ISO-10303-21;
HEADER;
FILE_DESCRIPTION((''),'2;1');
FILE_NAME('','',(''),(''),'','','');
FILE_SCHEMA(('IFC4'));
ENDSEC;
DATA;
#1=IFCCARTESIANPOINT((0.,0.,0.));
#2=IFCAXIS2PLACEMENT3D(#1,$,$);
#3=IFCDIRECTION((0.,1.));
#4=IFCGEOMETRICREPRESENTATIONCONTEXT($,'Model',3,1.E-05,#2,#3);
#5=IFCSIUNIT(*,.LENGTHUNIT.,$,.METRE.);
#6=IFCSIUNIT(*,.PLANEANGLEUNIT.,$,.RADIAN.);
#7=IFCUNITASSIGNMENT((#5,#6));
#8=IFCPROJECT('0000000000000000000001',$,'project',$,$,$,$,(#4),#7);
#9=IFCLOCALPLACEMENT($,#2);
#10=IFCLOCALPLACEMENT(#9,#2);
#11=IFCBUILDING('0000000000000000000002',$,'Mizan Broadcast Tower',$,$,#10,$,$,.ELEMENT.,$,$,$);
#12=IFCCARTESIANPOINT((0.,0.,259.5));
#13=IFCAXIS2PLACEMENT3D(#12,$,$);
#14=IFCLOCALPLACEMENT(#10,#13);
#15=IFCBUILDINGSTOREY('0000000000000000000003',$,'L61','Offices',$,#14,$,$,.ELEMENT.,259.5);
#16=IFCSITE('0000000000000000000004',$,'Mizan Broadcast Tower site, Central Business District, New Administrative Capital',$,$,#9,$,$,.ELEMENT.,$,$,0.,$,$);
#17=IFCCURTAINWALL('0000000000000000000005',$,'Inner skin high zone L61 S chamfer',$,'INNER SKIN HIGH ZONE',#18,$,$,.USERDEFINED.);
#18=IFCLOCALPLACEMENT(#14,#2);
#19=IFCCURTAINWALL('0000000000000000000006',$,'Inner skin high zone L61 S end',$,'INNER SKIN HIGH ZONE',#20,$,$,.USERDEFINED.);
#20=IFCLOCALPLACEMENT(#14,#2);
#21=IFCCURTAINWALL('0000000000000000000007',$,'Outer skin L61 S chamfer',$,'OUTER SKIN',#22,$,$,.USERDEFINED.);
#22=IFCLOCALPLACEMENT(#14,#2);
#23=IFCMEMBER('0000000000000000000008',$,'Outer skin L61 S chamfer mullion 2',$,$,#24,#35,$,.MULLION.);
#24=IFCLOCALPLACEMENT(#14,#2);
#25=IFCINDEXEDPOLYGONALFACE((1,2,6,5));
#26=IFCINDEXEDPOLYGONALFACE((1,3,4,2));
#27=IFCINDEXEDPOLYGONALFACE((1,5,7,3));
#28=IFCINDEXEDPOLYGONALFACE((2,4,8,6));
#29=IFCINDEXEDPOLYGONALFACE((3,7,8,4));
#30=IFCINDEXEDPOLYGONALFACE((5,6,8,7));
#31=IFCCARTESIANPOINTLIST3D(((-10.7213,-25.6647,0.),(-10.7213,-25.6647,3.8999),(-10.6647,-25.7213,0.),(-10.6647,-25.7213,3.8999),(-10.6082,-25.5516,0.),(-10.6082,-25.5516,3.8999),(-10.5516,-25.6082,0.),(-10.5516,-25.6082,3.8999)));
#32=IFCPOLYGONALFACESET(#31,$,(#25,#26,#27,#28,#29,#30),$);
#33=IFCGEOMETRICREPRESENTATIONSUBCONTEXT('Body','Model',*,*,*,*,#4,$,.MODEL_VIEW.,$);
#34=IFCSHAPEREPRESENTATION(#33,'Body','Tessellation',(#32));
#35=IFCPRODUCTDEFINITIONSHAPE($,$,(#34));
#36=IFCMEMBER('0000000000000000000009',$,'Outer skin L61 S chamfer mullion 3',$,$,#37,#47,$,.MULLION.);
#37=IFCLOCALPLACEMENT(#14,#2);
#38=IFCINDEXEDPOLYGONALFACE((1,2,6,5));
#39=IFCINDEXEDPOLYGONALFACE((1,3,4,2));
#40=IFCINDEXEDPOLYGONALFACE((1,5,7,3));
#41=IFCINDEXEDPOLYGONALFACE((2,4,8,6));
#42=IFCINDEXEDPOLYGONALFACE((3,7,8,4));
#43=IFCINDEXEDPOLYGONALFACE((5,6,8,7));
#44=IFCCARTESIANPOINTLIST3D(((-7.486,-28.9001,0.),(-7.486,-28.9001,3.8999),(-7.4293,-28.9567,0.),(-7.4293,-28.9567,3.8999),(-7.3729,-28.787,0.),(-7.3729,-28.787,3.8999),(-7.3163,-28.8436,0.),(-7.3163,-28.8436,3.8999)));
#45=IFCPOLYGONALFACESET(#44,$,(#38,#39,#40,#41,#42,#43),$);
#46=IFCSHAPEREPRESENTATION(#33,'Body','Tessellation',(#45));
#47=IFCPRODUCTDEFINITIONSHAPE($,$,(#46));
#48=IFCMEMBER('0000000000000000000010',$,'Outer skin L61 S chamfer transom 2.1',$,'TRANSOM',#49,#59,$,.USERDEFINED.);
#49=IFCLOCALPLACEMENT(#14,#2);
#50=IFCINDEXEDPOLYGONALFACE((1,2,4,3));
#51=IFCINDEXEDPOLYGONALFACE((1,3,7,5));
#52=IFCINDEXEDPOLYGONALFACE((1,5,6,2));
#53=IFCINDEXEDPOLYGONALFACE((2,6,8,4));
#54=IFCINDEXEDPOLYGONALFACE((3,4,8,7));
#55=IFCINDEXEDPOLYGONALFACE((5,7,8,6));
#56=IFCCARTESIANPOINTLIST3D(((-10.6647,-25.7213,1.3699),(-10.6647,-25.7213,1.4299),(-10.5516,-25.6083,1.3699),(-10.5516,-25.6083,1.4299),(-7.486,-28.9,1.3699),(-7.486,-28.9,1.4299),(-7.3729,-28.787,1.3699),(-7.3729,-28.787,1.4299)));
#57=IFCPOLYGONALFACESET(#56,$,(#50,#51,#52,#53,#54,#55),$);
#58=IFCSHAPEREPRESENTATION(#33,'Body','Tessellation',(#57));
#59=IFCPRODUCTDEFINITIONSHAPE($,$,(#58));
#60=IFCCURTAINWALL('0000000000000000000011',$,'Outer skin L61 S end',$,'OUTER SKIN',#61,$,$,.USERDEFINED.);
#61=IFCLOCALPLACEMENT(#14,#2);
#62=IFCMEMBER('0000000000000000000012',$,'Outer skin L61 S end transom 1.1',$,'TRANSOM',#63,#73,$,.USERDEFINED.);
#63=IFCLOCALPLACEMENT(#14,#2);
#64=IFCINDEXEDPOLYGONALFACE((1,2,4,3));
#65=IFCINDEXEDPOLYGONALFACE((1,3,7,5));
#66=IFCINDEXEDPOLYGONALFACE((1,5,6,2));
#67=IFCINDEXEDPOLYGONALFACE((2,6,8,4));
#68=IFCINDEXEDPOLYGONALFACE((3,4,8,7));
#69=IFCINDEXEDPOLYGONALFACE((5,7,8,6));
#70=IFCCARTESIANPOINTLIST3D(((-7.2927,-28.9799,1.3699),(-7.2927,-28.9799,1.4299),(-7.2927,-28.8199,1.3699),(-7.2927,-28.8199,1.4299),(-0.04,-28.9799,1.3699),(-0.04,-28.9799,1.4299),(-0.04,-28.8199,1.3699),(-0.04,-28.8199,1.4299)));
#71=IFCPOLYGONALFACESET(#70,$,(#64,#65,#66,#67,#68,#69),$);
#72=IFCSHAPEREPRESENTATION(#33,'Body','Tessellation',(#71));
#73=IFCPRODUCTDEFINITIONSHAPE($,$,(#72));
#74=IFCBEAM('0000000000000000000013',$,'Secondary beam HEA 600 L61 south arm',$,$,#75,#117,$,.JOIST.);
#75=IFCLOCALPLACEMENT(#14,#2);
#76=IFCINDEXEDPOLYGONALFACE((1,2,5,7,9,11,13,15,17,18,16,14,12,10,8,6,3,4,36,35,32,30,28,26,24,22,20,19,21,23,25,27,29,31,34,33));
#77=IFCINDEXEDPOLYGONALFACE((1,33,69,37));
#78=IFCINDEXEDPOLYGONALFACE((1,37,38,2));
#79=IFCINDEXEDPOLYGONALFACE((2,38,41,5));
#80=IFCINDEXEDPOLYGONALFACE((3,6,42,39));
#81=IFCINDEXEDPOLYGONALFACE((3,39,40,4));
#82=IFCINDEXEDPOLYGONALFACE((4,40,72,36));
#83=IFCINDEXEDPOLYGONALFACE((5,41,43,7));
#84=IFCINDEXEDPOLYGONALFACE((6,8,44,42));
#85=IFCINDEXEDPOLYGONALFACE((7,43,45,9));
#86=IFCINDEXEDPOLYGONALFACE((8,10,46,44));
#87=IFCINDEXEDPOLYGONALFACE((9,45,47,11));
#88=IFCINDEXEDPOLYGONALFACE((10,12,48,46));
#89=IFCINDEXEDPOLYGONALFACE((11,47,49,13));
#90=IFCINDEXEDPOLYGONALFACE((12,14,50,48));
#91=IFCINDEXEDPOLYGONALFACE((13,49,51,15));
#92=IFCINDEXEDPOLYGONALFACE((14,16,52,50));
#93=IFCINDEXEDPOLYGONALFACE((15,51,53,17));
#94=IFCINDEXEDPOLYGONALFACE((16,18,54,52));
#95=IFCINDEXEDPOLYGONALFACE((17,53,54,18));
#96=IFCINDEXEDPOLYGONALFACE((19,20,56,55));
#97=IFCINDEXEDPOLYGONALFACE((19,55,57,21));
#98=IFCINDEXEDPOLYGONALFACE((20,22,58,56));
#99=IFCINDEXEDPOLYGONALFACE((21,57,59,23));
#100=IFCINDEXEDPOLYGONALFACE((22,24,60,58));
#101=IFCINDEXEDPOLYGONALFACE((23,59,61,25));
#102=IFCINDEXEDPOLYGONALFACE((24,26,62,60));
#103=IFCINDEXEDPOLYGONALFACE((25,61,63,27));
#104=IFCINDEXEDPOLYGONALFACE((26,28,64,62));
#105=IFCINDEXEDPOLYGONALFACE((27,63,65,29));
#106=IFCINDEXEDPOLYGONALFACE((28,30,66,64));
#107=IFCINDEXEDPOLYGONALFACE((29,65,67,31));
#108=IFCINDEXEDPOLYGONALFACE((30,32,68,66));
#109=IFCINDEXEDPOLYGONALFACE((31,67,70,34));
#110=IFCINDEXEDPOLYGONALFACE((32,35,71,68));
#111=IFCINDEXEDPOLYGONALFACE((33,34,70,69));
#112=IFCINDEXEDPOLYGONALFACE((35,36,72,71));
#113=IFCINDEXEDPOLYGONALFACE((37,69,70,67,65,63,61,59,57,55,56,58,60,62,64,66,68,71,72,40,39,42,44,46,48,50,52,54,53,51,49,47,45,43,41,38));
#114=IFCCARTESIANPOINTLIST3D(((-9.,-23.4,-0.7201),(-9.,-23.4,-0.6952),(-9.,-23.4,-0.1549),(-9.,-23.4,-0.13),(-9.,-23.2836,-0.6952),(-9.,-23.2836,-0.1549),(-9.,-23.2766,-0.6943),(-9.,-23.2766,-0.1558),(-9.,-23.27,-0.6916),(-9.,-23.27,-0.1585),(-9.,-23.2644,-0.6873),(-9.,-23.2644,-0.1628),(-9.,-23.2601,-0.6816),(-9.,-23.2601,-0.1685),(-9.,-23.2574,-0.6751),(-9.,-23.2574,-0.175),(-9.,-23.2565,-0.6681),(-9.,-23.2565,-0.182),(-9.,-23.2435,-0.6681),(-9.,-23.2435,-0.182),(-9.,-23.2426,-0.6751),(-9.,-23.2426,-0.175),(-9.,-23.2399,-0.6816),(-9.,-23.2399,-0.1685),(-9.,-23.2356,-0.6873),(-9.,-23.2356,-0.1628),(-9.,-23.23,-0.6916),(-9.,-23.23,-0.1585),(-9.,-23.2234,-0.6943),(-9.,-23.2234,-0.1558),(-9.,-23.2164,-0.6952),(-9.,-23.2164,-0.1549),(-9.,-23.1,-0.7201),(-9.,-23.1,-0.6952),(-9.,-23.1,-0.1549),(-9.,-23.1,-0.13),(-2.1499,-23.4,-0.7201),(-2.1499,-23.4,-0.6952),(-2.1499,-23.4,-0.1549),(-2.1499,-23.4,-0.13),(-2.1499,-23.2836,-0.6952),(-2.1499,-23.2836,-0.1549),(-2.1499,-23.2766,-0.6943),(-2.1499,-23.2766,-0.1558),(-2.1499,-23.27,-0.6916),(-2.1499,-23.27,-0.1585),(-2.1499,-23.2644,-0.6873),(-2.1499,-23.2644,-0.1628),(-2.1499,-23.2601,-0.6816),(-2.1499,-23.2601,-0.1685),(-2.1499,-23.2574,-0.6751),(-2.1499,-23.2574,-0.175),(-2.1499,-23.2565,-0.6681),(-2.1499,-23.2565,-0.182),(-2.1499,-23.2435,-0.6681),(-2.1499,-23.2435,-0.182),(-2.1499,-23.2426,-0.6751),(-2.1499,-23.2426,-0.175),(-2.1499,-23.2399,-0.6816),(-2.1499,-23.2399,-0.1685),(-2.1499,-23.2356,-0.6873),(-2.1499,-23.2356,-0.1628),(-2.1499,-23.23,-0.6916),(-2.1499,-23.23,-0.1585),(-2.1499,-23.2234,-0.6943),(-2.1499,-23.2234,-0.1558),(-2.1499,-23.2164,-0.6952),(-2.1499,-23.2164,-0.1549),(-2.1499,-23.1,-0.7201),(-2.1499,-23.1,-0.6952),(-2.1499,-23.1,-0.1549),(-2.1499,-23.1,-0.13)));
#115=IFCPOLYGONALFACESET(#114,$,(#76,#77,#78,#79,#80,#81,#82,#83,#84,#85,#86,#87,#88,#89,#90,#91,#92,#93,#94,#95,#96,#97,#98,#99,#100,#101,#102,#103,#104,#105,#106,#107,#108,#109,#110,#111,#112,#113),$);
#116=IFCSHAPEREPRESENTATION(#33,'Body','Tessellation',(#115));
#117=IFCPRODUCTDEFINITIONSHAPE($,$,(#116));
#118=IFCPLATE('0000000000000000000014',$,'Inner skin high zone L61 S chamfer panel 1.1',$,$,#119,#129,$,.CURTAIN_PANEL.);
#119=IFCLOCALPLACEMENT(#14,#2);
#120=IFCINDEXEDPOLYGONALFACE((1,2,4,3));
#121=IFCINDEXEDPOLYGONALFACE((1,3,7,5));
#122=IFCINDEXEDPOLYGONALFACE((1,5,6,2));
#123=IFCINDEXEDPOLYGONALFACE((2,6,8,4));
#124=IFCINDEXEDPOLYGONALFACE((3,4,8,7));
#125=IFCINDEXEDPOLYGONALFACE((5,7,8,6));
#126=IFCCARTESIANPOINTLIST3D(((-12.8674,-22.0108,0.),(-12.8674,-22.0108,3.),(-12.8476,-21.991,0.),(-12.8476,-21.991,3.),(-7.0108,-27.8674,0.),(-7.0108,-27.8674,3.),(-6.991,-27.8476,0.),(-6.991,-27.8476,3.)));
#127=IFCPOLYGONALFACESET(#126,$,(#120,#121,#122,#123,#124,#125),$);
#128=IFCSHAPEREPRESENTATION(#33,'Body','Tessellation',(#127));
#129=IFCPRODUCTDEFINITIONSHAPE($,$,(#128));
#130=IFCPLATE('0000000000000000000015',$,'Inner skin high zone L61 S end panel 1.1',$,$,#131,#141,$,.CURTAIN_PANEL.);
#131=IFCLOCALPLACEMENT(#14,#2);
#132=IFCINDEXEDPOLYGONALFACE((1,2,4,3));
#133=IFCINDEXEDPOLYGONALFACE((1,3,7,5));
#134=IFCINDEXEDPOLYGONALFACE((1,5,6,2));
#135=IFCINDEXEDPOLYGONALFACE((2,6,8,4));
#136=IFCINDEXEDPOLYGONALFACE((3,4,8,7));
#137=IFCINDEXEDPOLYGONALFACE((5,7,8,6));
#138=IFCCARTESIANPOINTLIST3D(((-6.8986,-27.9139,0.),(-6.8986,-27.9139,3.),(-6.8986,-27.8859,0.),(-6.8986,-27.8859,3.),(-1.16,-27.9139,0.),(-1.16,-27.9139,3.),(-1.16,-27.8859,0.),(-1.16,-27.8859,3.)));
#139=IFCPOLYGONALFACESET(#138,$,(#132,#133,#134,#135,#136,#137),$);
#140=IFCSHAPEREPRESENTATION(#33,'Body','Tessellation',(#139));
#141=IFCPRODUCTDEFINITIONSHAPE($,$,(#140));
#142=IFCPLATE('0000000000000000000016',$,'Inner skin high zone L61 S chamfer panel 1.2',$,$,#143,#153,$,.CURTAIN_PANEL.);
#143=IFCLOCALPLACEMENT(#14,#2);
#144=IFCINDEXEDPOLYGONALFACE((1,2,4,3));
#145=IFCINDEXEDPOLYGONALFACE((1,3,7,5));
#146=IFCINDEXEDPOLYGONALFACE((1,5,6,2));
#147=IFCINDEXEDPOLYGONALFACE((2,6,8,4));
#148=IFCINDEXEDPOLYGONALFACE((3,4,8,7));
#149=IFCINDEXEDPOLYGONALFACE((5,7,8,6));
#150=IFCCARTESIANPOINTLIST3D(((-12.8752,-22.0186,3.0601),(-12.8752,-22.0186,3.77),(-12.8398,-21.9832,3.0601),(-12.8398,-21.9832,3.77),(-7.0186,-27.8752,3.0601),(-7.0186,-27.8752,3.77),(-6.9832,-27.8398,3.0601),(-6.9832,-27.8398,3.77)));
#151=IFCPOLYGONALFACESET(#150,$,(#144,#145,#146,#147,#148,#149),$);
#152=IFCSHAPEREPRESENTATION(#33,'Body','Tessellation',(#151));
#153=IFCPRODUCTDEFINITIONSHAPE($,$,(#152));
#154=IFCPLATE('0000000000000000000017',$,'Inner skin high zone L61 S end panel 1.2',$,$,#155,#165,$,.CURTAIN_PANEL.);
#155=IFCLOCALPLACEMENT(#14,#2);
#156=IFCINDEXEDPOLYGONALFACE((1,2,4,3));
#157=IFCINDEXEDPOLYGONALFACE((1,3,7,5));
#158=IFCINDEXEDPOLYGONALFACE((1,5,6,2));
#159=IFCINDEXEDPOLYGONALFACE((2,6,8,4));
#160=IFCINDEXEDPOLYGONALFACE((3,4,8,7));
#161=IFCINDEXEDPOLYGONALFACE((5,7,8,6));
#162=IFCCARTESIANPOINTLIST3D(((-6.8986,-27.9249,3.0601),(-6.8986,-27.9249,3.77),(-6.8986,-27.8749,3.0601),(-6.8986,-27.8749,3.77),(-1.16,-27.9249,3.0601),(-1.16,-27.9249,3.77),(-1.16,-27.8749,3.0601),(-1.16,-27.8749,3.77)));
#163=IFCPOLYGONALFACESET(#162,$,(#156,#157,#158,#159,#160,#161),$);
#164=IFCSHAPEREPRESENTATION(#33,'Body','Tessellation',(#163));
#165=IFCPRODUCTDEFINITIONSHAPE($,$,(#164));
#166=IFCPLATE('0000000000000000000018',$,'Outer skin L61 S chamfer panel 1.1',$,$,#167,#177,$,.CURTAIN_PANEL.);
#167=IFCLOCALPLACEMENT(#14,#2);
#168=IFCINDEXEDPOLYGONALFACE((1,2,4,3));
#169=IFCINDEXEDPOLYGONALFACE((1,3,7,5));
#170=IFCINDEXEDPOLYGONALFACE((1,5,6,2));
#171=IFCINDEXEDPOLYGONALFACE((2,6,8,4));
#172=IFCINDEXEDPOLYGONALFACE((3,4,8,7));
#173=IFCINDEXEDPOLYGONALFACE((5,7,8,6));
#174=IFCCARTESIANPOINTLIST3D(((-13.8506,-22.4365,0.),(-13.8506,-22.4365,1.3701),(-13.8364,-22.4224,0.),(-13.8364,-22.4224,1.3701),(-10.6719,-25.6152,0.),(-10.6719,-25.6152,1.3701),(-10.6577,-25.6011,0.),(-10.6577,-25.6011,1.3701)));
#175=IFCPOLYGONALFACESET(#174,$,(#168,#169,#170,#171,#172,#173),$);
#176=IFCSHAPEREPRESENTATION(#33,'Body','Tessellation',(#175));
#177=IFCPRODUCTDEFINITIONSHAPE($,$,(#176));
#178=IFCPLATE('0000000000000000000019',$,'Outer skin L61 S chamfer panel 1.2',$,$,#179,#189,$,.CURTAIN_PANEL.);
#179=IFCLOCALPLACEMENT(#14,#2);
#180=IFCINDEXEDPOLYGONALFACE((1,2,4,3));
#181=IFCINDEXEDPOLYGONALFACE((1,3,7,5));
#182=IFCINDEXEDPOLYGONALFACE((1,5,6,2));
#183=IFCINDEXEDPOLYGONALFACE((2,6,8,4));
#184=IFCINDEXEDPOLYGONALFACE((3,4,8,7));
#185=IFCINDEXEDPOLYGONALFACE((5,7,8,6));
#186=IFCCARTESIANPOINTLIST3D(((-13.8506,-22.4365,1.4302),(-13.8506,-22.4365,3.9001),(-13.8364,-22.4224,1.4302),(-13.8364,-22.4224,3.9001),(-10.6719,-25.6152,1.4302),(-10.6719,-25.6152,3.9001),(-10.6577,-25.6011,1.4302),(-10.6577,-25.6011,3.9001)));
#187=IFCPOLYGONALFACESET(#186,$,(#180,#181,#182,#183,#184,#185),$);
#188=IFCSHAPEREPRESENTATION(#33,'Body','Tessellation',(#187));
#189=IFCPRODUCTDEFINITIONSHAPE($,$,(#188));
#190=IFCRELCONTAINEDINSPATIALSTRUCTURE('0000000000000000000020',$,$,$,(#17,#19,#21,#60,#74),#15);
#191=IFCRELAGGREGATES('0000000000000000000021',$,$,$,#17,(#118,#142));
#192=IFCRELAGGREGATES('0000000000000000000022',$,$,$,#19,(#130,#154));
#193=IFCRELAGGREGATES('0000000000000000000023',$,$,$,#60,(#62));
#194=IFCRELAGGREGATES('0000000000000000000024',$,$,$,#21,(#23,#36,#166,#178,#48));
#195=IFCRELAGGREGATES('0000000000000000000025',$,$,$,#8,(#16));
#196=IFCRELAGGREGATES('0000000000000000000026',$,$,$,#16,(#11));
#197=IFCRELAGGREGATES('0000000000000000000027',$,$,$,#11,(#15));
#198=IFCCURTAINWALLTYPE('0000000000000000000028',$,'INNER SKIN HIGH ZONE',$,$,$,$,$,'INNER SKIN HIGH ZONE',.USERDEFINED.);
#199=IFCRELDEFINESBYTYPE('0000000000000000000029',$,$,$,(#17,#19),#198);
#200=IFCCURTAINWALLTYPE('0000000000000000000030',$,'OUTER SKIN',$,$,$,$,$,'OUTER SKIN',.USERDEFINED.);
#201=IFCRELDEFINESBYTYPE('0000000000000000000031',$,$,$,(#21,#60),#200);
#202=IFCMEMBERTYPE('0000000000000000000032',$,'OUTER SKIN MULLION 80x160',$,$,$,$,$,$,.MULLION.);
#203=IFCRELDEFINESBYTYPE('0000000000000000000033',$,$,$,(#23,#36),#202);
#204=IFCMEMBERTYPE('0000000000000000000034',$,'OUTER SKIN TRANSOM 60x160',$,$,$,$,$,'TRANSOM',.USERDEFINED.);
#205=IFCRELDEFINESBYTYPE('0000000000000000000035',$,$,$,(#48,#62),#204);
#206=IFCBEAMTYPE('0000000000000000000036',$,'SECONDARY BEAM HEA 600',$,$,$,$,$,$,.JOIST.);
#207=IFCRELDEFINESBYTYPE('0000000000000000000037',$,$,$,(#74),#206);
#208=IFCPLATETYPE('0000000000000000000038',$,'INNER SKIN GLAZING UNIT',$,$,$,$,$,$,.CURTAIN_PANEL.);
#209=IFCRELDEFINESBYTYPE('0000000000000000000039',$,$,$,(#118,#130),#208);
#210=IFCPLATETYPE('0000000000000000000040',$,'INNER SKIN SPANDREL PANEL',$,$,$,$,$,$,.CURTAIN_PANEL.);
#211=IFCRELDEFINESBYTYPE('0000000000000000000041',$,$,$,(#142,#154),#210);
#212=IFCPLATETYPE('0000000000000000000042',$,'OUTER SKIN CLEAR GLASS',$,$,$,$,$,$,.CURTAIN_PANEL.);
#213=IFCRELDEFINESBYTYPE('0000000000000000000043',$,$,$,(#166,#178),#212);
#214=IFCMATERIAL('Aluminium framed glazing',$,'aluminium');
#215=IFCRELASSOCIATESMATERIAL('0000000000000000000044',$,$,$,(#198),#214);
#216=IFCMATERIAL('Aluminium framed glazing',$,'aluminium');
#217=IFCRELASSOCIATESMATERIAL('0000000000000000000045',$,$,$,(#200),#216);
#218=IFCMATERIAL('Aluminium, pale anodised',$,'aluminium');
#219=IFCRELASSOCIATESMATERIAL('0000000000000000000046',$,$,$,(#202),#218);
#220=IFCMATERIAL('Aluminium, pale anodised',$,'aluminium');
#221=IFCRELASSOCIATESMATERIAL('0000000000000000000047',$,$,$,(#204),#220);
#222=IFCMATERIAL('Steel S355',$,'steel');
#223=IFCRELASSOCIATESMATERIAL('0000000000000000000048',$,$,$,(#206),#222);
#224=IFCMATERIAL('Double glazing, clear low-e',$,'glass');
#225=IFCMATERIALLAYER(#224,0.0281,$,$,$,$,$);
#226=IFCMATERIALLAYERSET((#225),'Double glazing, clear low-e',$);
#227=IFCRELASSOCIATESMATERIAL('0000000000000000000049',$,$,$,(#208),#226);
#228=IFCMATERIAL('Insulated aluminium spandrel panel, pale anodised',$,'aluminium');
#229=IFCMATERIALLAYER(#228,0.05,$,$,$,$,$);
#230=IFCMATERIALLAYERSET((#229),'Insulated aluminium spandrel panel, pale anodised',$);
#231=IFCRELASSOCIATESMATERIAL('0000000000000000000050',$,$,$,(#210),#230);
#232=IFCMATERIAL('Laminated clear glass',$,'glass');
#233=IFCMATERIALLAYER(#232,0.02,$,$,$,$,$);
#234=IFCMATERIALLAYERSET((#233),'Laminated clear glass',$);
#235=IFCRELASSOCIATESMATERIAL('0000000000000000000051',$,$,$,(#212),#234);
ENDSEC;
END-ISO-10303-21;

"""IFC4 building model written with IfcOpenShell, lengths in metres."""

from ifc_helpers import new_model, si_unit, direction, frame, origin, origin_2d, place, context, subcontext, project, spatial, rectangle, i_section, extrude, material, layer, layer_set, material_profile, profile_set, type_object, element, aggregate, save


model = new_model("IFC4")

# Units and contexts
model_context = context("Model", 3, precision=1e-05, world=origin(), true_north=direction((0.0, 1.0)))
body_context = subcontext(model_context, "Body", "Model", "MODEL_VIEW")
ifc_project = project(units=[si_unit("LENGTHUNIT", "METRE"), si_unit("PLANEANGLEUNIT", "RADIAN")], contexts=[model_context])

# Site, building, storey
site_placement = place(None, origin())
site = spatial("IfcSite", under=ifc_project, at=site_placement, Name="Mizan Broadcast Tower site, Central Business District, New Administrative Capital", CompositionType="ELEMENT", RefElevation=0.0)
building_placement = place(site_placement, origin())
building = spatial("IfcBuilding", under=site, at=building_placement, Name="Mizan Broadcast Tower", CompositionType="ELEMENT")
storey_placement = place(building_placement, frame((0.0, 0.0, 259.5)))
storey = spatial("IfcBuildingStorey", under=building, at=storey_placement, Name="L61", Description="Offices", CompositionType="ELEMENT", Elevation=259.5)

# Curtain walls
ifc_material_1 = material(Name="Aluminium framed glazing", Category="aluminium")
curtain_wall_type_1 = type_object("IfcCurtainWallType", Name="INNER SKIN HIGH ZONE", ElementType="INNER SKIN HIGH ZONE", PredefinedType="USERDEFINED", material=ifc_material_1)
curtain_wall_1_placement = place(storey_placement, origin())
curtain_wall_1 = element("IfcCurtainWall", 1, at=curtain_wall_1_placement, inside=storey, type_object=curtain_wall_type_1, Name="Inner skin high zone L61 S chamfer", ObjectType="INNER SKIN HIGH ZONE", PredefinedType="USERDEFINED")
curtain_wall_2_placement = place(storey_placement, origin())
curtain_wall_2 = element("IfcCurtainWall", 2, at=curtain_wall_2_placement, inside=storey, type_object=curtain_wall_type_1, Name="Inner skin high zone L61 S end", ObjectType="INNER SKIN HIGH ZONE", PredefinedType="USERDEFINED")

# Curtain wall, members
ifc_material_2 = material(Name="Aluminium framed glazing", Category="aluminium")
curtain_wall_type_2 = type_object("IfcCurtainWallType", Name="OUTER SKIN", ElementType="OUTER SKIN", PredefinedType="USERDEFINED", material=ifc_material_2)
curtain_wall_3_placement = place(storey_placement, origin())
curtain_wall_3 = element("IfcCurtainWall", 3, at=curtain_wall_3_placement, inside=storey, type_object=curtain_wall_type_2, Name="Outer skin L61 S chamfer", ObjectType="OUTER SKIN", PredefinedType="USERDEFINED")
ifc_material_3 = material(Name="Aluminium, pale anodised", Category="aluminium")
ifc_material_profile_1 = material_profile(ifc_material_3, rectangle(XDim=0.1599, YDim=0.0801, at=origin_2d()), Name="MULLION 160x80")
ifc_profile_set_1 = profile_set([ifc_material_profile_1], Name="Aluminium, pale anodised")
member_type_1 = type_object("IfcMemberType", Name="OUTER SKIN MULLION 80x160", PredefinedType="MULLION", material=ifc_profile_set_1)
member_1_placement = place(storey_placement, frame((-10.6365, -25.6365, 0.0), z_axis=(0.0, 0.0, 1.0), x_axis=(0.707107, 0.707107, 0.0)))
member_1 = element("IfcMember", 4, at=member_1_placement, type_object=member_type_1, Name="Outer skin L61 S chamfer mullion 2", PredefinedType="MULLION", context=body_context, shape_type="SweptSolid", body=[
    extrude(rectangle(XDim=0.1599, YDim=0.0801, at=origin_2d()), origin(), (0.0, 0.0, 1.0), 3.8999),
])
member_2_placement = place(storey_placement, frame((-7.4011, -28.8718, 0.0), z_axis=(0.0, 0.0, 1.0), x_axis=(0.707107, 0.707107, 0.0)))
member_2 = element("IfcMember", 5, at=member_2_placement, type_object=member_type_1, Name="Outer skin L61 S chamfer mullion 3", PredefinedType="MULLION", context=body_context, shape_type="SweptSolid", body=[
    extrude(rectangle(XDim=0.1599, YDim=0.0801, at=origin_2d()), origin(), (0.0, 0.0, 1.0), 3.8999),
])
ifc_material_4 = material(Name="Aluminium, pale anodised", Category="aluminium")
ifc_material_profile_2 = material_profile(ifc_material_4, rectangle(XDim=0.1599, YDim=0.0601, at=origin_2d()), Name="TRANSOM 160x60")
ifc_profile_set_2 = profile_set([ifc_material_profile_2], Name="Aluminium, pale anodised")
member_type_2 = type_object("IfcMemberType", Name="OUTER SKIN TRANSOM 60x160", ElementType="TRANSOM", PredefinedType="USERDEFINED", material=ifc_profile_set_2)
member_3_placement = place(storey_placement, frame((-10.6082, -25.6648, 1.3999), z_axis=(0.707107, -0.707107, 0.0), x_axis=(0.707107, 0.707107, 0.0)))
member_3 = element("IfcMember", 6, at=member_3_placement, type_object=member_type_2, Name="Outer skin L61 S chamfer transom 2.1", ObjectType="TRANSOM", PredefinedType="USERDEFINED", context=body_context, shape_type="SweptSolid", body=[
    extrude(rectangle(XDim=0.1599, YDim=0.0601, at=origin_2d()), origin(), (0.0, 0.0, 1.0), 4.4954),
])

# Curtain wall, member
curtain_wall_4_placement = place(storey_placement, origin())
curtain_wall_4 = element("IfcCurtainWall", 7, at=curtain_wall_4_placement, inside=storey, type_object=curtain_wall_type_2, Name="Outer skin L61 S end", ObjectType="OUTER SKIN", PredefinedType="USERDEFINED")
member_4_placement = place(storey_placement, frame((-7.2927, -28.8999, 1.3999), z_axis=(1.0, 0.0, 0.0), x_axis=(0.0, 1.0, 0.0)))
member_4 = element("IfcMember", 8, at=member_4_placement, type_object=member_type_2, Name="Outer skin L61 S end transom 1.1", ObjectType="TRANSOM", PredefinedType="USERDEFINED", context=body_context, shape_type="SweptSolid", body=[
    extrude(rectangle(XDim=0.1599, YDim=0.0601, at=origin_2d()), origin(), (0.0, 0.0, 1.0), 7.2527),
])

# Beam
ifc_material_5 = material(Name="Steel S355", Category="steel")
ifc_material_profile_3 = material_profile(ifc_material_5, i_section(OverallWidth=0.3, OverallDepth=0.5901, WebThickness=0.0129, FlangeThickness=0.0249, FilletRadius=0.0271, at=origin_2d()), Name="HEA 600")
ifc_profile_set_3 = profile_set([ifc_material_profile_3], Name="Steel S355")
beam_type_1 = type_object("IfcBeamType", Name="SECONDARY BEAM HEA 600", PredefinedType="JOIST", material=ifc_profile_set_3)
beam_1_placement = place(storey_placement, frame((-9.0, -23.25, -0.425), z_axis=(1.0, 0.0, 0.0), x_axis=(0.0, 1.0, 0.0)))
element("IfcBeam", 9, at=beam_1_placement, inside=storey, type_object=beam_type_1, Name="Secondary beam HEA 600 L61 south arm", PredefinedType="JOIST", context=body_context, shape_type="SweptSolid", body=[
    extrude(i_section(OverallWidth=0.3, OverallDepth=0.5901, WebThickness=0.0129, FlangeThickness=0.0249, FilletRadius=0.0271, at=origin_2d()), origin(), (0.0, 0.0, 1.0), 6.8501),
])

# Plates
ifc_material_6 = material(Name="Double glazing, clear low-e", Category="glass")
ifc_layer_1 = layer(ifc_material_6, 0.0281)
ifc_layer_set_1 = layer_set([ifc_layer_1], Name="Double glazing, clear low-e")
plate_type_1 = type_object("IfcPlateType", Name="INNER SKIN GLAZING UNIT", PredefinedType="CURTAIN_PANEL", material=ifc_layer_set_1)
plate_1_placement = place(storey_placement, frame((-9.9292, -24.9292, 0.0), z_axis=(0.0, 0.0, 1.0), x_axis=(0.707107, -0.707107, 0.0)))
plate_1 = element("IfcPlate", 10, at=plate_1_placement, type_object=plate_type_1, Name="Inner skin high zone L61 S chamfer panel 1.1", PredefinedType="CURTAIN_PANEL", context=body_context, shape_type="SweptSolid", body=[
    extrude(rectangle(XDim=8.2825, YDim=0.0281, at=origin_2d()), origin(), (0.0, 0.0, 1.0), 3.0),
])
plate_2_placement = place(storey_placement, frame((-4.0293, -27.8999, 0.0), z_axis=(0.0, 0.0, 1.0), x_axis=(1.0, 0.0, 0.0)))
plate_2 = element("IfcPlate", 11, at=plate_2_placement, type_object=plate_type_1, Name="Inner skin high zone L61 S end panel 1.1", PredefinedType="CURTAIN_PANEL", context=body_context, shape_type="SweptSolid", body=[
    extrude(rectangle(XDim=5.7385, YDim=0.0281, at=origin_2d()), origin(), (0.0, 0.0, 1.0), 3.0),
])
ifc_material_7 = material(Name="Insulated aluminium spandrel panel, pale anodised", Category="aluminium")
ifc_layer_2 = layer(ifc_material_7, 0.05)
ifc_layer_set_2 = layer_set([ifc_layer_2], Name="Insulated aluminium spandrel panel, pale anodised")
plate_type_2 = type_object("IfcPlateType", Name="INNER SKIN SPANDREL PANEL", PredefinedType="CURTAIN_PANEL", material=ifc_layer_set_2)
plate_3_placement = place(storey_placement, frame((-9.9292, -24.9292, 3.0601), z_axis=(0.0, 0.0, 1.0), x_axis=(0.707107, -0.707107, 0.0)))
plate_3 = element("IfcPlate", 12, at=plate_3_placement, type_object=plate_type_2, Name="Inner skin high zone L61 S chamfer panel 1.2", PredefinedType="CURTAIN_PANEL", context=body_context, shape_type="SweptSolid", body=[
    extrude(rectangle(XDim=8.2825, YDim=0.05, at=origin_2d()), origin(), (0.0, 0.0, 1.0), 0.71),
])
aggregate(curtain_wall_1, [plate_1, plate_3])
plate_4_placement = place(storey_placement, frame((-4.0293, -27.8999, 3.0601), z_axis=(0.0, 0.0, 1.0), x_axis=(1.0, 0.0, 0.0)))
plate_4 = element("IfcPlate", 13, at=plate_4_placement, type_object=plate_type_2, Name="Inner skin high zone L61 S end panel 1.2", PredefinedType="CURTAIN_PANEL", context=body_context, shape_type="SweptSolid", body=[
    extrude(rectangle(XDim=5.7385, YDim=0.05, at=origin_2d()), origin(), (0.0, 0.0, 1.0), 0.71),
])
aggregate(curtain_wall_2, [plate_2, plate_4])
ifc_material_8 = material(Name="Laminated clear glass", Category="glass")
ifc_layer_3 = layer(ifc_material_8, 0.02)
ifc_layer_set_3 = layer_set([ifc_layer_3], Name="Laminated clear glass")
plate_type_3 = type_object("IfcPlateType", Name="OUTER SKIN CLEAR GLASS", PredefinedType="CURTAIN_PANEL", material=ifc_layer_set_3)
plate_5_placement = place(storey_placement, frame((-12.2542, -24.0188, 0.0), z_axis=(0.0, 0.0, 1.0), x_axis=(0.707107, -0.707107, 0.0)))
plate_5 = element("IfcPlate", 14, at=plate_5_placement, type_object=plate_type_3, Name="Outer skin L61 S chamfer panel 1.1", PredefinedType="CURTAIN_PANEL", context=body_context, shape_type="SweptSolid", body=[
    extrude(rectangle(XDim=4.4954, YDim=0.02, at=origin_2d()), origin(), (0.0, 0.0, 1.0), 1.3701),
])
plate_6_placement = place(storey_placement, frame((-12.2542, -24.0188, 1.4302), z_axis=(0.0, 0.0, 1.0), x_axis=(0.707107, -0.707107, 0.0)))
plate_6 = element("IfcPlate", 15, at=plate_6_placement, type_object=plate_type_3, Name="Outer skin L61 S chamfer panel 1.2", PredefinedType="CURTAIN_PANEL", context=body_context, shape_type="SweptSolid", body=[
    extrude(rectangle(XDim=4.4954, YDim=0.02, at=origin_2d()), origin(), (0.0, 0.0, 1.0), 2.47),
])
aggregate(curtain_wall_4, [member_4])
aggregate(curtain_wall_3, [member_1, member_2, plate_5, plate_6, member_3])

save(model, "model.ifc")
